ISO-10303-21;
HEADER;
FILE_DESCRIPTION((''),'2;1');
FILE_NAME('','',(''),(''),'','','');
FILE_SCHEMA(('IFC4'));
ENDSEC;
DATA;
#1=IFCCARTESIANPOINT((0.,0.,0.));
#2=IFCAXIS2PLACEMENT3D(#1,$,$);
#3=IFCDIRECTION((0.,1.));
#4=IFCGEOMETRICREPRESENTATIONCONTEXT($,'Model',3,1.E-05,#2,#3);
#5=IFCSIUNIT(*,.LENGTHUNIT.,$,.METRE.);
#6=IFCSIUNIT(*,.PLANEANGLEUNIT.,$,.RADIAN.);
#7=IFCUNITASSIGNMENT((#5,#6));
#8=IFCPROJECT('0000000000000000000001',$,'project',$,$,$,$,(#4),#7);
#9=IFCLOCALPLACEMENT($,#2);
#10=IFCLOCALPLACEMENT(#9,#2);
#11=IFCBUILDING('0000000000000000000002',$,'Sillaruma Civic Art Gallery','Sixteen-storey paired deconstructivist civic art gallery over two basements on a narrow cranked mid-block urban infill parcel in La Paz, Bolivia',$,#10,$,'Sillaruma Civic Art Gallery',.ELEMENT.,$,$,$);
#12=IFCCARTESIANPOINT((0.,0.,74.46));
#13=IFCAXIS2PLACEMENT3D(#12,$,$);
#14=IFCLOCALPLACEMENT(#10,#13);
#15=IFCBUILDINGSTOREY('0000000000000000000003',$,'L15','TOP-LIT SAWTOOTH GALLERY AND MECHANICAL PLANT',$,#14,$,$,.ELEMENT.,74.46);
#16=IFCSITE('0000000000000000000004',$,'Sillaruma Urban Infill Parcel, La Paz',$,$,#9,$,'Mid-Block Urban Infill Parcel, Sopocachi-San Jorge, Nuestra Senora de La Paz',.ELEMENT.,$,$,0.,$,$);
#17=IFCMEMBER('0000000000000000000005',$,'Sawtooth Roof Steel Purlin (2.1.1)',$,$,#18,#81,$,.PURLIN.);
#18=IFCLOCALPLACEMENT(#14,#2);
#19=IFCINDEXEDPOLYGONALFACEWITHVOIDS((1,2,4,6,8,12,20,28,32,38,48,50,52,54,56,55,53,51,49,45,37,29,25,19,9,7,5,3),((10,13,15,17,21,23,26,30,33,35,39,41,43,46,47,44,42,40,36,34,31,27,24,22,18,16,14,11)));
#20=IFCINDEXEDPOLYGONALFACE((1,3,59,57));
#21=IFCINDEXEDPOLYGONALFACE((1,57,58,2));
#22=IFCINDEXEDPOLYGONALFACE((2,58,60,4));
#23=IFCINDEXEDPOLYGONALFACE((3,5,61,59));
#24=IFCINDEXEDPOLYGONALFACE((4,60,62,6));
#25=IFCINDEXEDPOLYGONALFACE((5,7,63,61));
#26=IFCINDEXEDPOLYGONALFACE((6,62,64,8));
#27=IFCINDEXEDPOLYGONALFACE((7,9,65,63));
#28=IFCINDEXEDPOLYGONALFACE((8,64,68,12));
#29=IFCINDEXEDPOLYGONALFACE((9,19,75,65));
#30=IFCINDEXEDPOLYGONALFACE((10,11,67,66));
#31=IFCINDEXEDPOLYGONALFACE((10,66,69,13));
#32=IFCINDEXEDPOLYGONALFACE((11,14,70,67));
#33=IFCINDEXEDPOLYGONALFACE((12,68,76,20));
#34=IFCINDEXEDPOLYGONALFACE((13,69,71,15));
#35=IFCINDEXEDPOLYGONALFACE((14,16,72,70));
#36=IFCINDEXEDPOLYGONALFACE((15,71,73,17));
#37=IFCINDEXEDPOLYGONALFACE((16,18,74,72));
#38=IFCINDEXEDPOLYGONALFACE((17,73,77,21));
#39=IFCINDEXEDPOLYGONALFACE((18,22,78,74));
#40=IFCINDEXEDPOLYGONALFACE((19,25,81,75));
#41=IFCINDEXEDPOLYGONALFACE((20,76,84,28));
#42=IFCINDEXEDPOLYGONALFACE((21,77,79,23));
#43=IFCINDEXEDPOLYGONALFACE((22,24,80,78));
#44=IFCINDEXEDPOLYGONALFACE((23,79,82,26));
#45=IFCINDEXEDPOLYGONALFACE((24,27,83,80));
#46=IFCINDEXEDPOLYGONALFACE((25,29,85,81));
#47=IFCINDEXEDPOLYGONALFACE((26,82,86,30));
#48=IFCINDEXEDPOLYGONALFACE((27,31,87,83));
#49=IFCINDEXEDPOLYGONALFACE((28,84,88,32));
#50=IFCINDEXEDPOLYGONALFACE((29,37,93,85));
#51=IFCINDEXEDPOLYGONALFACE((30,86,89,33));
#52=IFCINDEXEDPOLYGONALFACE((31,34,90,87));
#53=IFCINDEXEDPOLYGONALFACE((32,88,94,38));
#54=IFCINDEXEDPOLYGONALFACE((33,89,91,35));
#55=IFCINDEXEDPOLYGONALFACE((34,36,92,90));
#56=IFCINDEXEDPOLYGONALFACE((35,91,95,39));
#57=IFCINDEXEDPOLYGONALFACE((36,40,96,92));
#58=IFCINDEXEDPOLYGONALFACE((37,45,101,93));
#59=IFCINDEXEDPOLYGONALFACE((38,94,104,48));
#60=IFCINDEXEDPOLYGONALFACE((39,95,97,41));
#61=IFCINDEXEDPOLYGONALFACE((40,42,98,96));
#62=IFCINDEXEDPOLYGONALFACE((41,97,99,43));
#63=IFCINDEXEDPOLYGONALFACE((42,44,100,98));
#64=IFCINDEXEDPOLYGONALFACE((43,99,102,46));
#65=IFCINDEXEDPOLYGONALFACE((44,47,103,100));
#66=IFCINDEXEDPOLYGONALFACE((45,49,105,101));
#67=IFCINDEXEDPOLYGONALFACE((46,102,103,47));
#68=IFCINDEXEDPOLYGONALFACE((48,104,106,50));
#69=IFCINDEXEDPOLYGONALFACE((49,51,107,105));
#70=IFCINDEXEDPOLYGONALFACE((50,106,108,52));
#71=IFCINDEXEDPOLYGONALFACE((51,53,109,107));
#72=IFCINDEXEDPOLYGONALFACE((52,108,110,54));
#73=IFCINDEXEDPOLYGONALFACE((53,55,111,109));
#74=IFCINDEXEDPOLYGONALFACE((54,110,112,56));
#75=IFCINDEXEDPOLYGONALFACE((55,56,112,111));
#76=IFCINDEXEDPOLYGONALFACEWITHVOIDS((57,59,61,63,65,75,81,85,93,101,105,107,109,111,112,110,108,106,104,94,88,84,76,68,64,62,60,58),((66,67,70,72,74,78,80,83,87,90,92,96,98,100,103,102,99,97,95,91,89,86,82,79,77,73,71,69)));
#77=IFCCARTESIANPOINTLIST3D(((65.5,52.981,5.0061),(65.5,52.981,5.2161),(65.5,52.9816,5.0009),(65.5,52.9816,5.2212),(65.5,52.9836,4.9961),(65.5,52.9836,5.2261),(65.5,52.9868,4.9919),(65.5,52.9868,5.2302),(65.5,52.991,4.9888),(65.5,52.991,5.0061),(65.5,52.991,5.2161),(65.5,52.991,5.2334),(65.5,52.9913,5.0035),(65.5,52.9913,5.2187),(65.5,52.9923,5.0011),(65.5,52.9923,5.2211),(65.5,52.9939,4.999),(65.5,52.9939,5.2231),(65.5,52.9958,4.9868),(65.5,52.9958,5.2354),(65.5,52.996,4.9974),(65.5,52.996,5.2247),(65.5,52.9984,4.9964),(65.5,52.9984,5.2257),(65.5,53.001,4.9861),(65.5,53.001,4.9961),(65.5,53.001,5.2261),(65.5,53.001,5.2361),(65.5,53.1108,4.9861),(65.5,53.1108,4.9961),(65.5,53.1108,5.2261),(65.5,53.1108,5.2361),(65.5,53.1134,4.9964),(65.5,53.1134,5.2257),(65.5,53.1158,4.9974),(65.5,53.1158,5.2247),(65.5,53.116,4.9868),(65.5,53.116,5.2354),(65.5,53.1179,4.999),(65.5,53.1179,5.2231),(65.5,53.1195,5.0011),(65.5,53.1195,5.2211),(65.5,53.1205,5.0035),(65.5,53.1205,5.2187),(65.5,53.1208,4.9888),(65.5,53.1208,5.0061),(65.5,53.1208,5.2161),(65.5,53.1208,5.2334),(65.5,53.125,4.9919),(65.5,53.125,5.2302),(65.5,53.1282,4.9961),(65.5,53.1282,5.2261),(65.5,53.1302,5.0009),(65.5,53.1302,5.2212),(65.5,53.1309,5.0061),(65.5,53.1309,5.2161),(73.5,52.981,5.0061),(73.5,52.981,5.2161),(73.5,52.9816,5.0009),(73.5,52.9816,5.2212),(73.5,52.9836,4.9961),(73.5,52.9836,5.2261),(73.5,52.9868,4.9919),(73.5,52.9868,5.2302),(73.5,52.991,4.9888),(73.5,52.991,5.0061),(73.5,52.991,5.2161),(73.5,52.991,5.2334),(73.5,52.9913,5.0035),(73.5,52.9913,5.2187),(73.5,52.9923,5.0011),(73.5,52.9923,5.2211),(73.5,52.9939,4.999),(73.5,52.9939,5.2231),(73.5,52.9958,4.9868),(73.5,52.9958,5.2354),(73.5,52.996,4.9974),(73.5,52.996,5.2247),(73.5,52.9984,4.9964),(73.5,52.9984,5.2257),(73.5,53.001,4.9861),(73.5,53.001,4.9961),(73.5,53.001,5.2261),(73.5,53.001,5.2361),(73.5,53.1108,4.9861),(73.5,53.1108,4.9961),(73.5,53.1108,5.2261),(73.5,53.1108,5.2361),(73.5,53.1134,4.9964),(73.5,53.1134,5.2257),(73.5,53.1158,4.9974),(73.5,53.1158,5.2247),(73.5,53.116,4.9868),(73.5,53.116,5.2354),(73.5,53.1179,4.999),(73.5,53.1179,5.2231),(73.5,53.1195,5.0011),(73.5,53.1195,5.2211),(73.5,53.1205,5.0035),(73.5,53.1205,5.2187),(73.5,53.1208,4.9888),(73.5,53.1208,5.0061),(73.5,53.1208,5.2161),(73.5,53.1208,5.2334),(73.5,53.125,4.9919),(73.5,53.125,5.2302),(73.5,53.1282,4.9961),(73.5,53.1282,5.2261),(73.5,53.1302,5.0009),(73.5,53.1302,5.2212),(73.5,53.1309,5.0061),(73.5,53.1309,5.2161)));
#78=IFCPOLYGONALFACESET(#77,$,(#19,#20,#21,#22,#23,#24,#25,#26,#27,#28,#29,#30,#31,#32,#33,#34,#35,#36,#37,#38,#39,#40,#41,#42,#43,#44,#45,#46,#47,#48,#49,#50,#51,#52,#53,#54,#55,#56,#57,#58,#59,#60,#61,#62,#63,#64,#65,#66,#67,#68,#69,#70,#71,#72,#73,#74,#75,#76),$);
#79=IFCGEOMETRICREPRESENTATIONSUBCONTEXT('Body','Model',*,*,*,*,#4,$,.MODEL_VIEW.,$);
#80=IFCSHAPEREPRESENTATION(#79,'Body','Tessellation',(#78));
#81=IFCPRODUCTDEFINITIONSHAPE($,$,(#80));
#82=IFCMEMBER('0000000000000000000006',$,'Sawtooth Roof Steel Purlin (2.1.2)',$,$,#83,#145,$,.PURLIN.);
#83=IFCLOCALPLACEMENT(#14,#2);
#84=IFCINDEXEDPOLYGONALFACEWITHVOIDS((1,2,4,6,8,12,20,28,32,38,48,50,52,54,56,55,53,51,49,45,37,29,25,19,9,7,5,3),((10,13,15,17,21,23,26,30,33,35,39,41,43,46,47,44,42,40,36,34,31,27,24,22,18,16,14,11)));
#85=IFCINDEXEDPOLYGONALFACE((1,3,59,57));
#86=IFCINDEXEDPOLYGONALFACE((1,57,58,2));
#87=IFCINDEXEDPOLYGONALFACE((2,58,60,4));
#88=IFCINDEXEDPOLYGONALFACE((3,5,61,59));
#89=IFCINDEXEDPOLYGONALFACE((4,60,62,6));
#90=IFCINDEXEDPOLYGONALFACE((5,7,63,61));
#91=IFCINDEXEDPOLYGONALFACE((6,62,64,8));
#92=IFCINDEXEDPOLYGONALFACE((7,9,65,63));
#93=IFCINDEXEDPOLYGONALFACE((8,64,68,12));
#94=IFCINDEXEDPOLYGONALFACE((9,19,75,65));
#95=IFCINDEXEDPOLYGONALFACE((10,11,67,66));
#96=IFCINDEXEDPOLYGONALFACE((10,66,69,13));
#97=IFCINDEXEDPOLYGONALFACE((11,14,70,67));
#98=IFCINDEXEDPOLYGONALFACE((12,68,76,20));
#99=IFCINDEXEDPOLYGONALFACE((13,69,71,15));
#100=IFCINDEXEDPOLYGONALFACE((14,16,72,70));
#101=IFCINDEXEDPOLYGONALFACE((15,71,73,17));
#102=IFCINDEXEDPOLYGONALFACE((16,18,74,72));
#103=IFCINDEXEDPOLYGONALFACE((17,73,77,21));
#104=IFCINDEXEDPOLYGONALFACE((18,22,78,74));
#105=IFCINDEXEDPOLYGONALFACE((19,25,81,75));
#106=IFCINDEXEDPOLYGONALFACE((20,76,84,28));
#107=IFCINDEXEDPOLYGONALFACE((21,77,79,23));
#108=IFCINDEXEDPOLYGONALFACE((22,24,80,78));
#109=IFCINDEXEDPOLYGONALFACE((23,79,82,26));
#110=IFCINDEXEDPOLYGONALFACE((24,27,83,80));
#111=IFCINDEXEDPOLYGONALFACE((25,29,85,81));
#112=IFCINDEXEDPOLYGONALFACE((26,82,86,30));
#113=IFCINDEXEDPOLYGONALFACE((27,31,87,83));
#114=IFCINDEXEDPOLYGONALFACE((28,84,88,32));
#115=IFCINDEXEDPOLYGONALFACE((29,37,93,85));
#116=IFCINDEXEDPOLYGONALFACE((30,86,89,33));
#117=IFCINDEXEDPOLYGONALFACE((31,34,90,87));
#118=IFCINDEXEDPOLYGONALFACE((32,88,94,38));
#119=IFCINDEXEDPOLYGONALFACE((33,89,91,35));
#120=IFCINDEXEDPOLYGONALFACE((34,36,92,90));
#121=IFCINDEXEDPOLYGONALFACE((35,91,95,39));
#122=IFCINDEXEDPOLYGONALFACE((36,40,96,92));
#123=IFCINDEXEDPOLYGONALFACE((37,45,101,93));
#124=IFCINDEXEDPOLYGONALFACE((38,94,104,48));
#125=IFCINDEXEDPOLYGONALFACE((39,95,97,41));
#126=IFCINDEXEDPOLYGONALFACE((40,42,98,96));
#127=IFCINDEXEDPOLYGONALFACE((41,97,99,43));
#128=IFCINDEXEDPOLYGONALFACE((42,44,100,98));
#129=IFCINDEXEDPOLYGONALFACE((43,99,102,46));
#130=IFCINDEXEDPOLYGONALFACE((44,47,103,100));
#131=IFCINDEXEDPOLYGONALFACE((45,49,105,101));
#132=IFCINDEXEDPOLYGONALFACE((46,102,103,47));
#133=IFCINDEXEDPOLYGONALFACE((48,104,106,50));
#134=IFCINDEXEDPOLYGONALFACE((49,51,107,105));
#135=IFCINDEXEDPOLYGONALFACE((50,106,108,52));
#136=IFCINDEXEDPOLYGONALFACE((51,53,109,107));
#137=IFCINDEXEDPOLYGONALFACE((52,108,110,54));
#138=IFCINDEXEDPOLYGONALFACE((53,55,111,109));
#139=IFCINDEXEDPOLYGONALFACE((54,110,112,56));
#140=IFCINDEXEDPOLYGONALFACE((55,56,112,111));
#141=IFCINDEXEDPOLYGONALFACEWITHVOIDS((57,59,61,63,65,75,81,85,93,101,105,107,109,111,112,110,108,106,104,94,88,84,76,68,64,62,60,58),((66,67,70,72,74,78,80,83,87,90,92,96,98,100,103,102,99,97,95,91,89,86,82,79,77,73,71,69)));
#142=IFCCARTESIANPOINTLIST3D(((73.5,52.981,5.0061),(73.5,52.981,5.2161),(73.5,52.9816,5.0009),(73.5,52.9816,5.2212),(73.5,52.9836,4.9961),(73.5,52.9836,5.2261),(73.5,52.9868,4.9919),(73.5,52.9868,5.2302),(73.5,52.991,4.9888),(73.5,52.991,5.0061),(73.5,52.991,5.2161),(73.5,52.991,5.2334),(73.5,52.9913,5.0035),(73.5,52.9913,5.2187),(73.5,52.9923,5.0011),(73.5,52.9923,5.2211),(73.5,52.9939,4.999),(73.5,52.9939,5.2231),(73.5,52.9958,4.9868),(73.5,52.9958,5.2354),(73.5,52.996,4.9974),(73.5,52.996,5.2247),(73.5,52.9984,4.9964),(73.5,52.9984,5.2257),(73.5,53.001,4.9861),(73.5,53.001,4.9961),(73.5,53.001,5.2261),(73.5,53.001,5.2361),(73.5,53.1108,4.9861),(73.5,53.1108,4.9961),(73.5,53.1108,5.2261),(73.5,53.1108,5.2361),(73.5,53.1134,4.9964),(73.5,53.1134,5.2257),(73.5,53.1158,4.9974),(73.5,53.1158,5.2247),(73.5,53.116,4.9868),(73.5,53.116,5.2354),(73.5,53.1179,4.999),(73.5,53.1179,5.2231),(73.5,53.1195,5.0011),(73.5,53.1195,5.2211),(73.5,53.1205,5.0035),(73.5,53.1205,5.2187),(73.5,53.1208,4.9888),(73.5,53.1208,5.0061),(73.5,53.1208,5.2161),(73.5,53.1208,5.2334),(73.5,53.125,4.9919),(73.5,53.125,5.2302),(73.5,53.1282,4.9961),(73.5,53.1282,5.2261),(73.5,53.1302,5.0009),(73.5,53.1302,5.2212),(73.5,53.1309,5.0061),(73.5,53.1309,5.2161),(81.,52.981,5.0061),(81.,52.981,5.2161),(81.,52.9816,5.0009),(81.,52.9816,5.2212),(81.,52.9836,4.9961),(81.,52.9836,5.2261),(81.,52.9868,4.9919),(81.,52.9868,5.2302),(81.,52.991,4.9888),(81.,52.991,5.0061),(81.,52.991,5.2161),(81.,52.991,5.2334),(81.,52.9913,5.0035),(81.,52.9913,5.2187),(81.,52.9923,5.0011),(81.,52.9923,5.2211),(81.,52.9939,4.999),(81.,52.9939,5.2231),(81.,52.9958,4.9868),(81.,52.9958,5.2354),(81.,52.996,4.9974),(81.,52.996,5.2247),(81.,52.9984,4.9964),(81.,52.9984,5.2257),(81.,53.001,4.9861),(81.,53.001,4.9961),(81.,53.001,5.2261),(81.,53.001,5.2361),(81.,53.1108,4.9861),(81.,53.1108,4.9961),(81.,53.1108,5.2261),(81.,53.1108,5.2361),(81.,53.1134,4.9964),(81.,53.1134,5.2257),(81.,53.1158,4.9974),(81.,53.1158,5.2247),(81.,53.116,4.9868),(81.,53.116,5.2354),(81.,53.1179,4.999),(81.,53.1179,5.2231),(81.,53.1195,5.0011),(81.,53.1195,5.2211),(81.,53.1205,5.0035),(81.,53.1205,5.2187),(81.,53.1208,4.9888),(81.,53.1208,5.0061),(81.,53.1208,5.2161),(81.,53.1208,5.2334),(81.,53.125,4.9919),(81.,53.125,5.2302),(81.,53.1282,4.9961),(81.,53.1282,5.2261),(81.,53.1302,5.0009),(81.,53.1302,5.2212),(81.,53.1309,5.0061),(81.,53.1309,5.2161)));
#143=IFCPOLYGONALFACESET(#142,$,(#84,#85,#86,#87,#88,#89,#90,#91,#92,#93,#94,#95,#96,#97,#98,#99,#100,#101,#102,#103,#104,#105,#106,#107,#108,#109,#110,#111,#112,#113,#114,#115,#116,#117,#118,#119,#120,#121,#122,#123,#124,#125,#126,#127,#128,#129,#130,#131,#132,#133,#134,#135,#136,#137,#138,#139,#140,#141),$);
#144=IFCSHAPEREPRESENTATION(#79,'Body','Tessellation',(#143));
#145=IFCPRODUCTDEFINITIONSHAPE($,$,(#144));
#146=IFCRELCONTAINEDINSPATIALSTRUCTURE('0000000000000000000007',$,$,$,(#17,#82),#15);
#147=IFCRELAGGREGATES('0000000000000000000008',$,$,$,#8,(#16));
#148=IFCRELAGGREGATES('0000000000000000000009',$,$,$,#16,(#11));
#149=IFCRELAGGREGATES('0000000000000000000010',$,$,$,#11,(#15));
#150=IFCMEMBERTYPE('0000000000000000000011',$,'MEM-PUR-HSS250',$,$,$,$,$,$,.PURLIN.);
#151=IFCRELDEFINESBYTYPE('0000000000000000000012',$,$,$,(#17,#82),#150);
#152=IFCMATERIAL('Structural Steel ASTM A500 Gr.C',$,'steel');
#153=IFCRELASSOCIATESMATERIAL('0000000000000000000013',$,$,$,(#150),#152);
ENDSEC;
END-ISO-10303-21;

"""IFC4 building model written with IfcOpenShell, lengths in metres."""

from ifc_helpers import new_model, si_unit, direction, frame, origin, origin_2d, place, context, subcontext, project, spatial, hollow_rectangle, extrude, material, material_profile, profile_set, type_object, element, save


model = new_model("IFC4")

# Units and contexts
model_context = context("Model", 3, precision=1e-05, world=origin(), true_north=direction((0.0, 1.0)))
body_context = subcontext(model_context, "Body", "Model", "MODEL_VIEW")
ifc_project = project(units=[si_unit("LENGTHUNIT", "METRE"), si_unit("PLANEANGLEUNIT", "RADIAN")], contexts=[model_context])

# Site, building, storey
site_placement = place(None, origin())
site = spatial("IfcSite", under=ifc_project, at=site_placement, Name="Sillaruma Urban Infill Parcel, La Paz", LongName="Mid-Block Urban Infill Parcel, Sopocachi-San Jorge, Nuestra Senora de La Paz", CompositionType="ELEMENT", RefElevation=0.0)
building_placement = place(site_placement, origin())
building = spatial("IfcBuilding", under=site, at=building_placement, Name="Sillaruma Civic Art Gallery", Description="Sixteen-storey paired deconstructivist civic art gallery over two basements on a narrow cranked mid-block urban infill parcel in La Paz, Bolivia", LongName="Sillaruma Civic Art Gallery", CompositionType="ELEMENT")
storey_placement = place(building_placement, frame((0.0, 0.0, 74.46)))
storey = spatial("IfcBuildingStorey", under=building, at=storey_placement, Name="L15", Description="TOP-LIT SAWTOOTH GALLERY AND MECHANICAL PLANT", CompositionType="ELEMENT", Elevation=74.46)

# Members
ifc_material_1 = material(Name="Structural Steel ASTM A500 Gr.C", Category="steel")
ifc_material_profile_1 = material_profile(ifc_material_1, hollow_rectangle(XDim=0.1499, YDim=0.25, WallThickness=0.01, InnerFilletRadius=0.01, OuterFilletRadius=0.02, at=origin_2d()), Name="HSS250x150x10")
ifc_profile_set_1 = profile_set([ifc_material_profile_1], Name="Structural Steel ASTM A500 Gr.C")
member_type_1 = type_object("IfcMemberType", Name="MEM-PUR-HSS250", PredefinedType="PURLIN", material=ifc_profile_set_1)
member_1_placement = place(storey_placement, frame((65.5, 53.0559, 5.1111), z_axis=(1.0, 0.0, 0.0), x_axis=(0.0, 1.0, 0.0)))
element("IfcMember", 1, at=member_1_placement, inside=storey, type_object=member_type_1, Name="Sawtooth Roof Steel Purlin (2.1.1)", PredefinedType="PURLIN", context=body_context, shape_type="SweptSolid", body=[
    extrude(hollow_rectangle(XDim=0.1499, YDim=0.25, WallThickness=0.01, InnerFilletRadius=0.01, OuterFilletRadius=0.02, at=origin_2d()), origin(), (0.0, 0.0, 1.0), 8.0),
])
member_2_placement = place(storey_placement, frame((73.5, 53.0559, 5.1111), z_axis=(1.0, 0.0, 0.0), x_axis=(0.0, 1.0, 0.0)))
element("IfcMember", 2, at=member_2_placement, inside=storey, type_object=member_type_1, Name="Sawtooth Roof Steel Purlin (2.1.2)", PredefinedType="PURLIN", context=body_context, shape_type="SweptSolid", body=[
    extrude(hollow_rectangle(XDim=0.1499, YDim=0.25, WallThickness=0.01, InnerFilletRadius=0.01, OuterFilletRadius=0.02, at=origin_2d()), origin(), (0.0, 0.0, 1.0), 7.5),
])

save(model, "model.ifc")
